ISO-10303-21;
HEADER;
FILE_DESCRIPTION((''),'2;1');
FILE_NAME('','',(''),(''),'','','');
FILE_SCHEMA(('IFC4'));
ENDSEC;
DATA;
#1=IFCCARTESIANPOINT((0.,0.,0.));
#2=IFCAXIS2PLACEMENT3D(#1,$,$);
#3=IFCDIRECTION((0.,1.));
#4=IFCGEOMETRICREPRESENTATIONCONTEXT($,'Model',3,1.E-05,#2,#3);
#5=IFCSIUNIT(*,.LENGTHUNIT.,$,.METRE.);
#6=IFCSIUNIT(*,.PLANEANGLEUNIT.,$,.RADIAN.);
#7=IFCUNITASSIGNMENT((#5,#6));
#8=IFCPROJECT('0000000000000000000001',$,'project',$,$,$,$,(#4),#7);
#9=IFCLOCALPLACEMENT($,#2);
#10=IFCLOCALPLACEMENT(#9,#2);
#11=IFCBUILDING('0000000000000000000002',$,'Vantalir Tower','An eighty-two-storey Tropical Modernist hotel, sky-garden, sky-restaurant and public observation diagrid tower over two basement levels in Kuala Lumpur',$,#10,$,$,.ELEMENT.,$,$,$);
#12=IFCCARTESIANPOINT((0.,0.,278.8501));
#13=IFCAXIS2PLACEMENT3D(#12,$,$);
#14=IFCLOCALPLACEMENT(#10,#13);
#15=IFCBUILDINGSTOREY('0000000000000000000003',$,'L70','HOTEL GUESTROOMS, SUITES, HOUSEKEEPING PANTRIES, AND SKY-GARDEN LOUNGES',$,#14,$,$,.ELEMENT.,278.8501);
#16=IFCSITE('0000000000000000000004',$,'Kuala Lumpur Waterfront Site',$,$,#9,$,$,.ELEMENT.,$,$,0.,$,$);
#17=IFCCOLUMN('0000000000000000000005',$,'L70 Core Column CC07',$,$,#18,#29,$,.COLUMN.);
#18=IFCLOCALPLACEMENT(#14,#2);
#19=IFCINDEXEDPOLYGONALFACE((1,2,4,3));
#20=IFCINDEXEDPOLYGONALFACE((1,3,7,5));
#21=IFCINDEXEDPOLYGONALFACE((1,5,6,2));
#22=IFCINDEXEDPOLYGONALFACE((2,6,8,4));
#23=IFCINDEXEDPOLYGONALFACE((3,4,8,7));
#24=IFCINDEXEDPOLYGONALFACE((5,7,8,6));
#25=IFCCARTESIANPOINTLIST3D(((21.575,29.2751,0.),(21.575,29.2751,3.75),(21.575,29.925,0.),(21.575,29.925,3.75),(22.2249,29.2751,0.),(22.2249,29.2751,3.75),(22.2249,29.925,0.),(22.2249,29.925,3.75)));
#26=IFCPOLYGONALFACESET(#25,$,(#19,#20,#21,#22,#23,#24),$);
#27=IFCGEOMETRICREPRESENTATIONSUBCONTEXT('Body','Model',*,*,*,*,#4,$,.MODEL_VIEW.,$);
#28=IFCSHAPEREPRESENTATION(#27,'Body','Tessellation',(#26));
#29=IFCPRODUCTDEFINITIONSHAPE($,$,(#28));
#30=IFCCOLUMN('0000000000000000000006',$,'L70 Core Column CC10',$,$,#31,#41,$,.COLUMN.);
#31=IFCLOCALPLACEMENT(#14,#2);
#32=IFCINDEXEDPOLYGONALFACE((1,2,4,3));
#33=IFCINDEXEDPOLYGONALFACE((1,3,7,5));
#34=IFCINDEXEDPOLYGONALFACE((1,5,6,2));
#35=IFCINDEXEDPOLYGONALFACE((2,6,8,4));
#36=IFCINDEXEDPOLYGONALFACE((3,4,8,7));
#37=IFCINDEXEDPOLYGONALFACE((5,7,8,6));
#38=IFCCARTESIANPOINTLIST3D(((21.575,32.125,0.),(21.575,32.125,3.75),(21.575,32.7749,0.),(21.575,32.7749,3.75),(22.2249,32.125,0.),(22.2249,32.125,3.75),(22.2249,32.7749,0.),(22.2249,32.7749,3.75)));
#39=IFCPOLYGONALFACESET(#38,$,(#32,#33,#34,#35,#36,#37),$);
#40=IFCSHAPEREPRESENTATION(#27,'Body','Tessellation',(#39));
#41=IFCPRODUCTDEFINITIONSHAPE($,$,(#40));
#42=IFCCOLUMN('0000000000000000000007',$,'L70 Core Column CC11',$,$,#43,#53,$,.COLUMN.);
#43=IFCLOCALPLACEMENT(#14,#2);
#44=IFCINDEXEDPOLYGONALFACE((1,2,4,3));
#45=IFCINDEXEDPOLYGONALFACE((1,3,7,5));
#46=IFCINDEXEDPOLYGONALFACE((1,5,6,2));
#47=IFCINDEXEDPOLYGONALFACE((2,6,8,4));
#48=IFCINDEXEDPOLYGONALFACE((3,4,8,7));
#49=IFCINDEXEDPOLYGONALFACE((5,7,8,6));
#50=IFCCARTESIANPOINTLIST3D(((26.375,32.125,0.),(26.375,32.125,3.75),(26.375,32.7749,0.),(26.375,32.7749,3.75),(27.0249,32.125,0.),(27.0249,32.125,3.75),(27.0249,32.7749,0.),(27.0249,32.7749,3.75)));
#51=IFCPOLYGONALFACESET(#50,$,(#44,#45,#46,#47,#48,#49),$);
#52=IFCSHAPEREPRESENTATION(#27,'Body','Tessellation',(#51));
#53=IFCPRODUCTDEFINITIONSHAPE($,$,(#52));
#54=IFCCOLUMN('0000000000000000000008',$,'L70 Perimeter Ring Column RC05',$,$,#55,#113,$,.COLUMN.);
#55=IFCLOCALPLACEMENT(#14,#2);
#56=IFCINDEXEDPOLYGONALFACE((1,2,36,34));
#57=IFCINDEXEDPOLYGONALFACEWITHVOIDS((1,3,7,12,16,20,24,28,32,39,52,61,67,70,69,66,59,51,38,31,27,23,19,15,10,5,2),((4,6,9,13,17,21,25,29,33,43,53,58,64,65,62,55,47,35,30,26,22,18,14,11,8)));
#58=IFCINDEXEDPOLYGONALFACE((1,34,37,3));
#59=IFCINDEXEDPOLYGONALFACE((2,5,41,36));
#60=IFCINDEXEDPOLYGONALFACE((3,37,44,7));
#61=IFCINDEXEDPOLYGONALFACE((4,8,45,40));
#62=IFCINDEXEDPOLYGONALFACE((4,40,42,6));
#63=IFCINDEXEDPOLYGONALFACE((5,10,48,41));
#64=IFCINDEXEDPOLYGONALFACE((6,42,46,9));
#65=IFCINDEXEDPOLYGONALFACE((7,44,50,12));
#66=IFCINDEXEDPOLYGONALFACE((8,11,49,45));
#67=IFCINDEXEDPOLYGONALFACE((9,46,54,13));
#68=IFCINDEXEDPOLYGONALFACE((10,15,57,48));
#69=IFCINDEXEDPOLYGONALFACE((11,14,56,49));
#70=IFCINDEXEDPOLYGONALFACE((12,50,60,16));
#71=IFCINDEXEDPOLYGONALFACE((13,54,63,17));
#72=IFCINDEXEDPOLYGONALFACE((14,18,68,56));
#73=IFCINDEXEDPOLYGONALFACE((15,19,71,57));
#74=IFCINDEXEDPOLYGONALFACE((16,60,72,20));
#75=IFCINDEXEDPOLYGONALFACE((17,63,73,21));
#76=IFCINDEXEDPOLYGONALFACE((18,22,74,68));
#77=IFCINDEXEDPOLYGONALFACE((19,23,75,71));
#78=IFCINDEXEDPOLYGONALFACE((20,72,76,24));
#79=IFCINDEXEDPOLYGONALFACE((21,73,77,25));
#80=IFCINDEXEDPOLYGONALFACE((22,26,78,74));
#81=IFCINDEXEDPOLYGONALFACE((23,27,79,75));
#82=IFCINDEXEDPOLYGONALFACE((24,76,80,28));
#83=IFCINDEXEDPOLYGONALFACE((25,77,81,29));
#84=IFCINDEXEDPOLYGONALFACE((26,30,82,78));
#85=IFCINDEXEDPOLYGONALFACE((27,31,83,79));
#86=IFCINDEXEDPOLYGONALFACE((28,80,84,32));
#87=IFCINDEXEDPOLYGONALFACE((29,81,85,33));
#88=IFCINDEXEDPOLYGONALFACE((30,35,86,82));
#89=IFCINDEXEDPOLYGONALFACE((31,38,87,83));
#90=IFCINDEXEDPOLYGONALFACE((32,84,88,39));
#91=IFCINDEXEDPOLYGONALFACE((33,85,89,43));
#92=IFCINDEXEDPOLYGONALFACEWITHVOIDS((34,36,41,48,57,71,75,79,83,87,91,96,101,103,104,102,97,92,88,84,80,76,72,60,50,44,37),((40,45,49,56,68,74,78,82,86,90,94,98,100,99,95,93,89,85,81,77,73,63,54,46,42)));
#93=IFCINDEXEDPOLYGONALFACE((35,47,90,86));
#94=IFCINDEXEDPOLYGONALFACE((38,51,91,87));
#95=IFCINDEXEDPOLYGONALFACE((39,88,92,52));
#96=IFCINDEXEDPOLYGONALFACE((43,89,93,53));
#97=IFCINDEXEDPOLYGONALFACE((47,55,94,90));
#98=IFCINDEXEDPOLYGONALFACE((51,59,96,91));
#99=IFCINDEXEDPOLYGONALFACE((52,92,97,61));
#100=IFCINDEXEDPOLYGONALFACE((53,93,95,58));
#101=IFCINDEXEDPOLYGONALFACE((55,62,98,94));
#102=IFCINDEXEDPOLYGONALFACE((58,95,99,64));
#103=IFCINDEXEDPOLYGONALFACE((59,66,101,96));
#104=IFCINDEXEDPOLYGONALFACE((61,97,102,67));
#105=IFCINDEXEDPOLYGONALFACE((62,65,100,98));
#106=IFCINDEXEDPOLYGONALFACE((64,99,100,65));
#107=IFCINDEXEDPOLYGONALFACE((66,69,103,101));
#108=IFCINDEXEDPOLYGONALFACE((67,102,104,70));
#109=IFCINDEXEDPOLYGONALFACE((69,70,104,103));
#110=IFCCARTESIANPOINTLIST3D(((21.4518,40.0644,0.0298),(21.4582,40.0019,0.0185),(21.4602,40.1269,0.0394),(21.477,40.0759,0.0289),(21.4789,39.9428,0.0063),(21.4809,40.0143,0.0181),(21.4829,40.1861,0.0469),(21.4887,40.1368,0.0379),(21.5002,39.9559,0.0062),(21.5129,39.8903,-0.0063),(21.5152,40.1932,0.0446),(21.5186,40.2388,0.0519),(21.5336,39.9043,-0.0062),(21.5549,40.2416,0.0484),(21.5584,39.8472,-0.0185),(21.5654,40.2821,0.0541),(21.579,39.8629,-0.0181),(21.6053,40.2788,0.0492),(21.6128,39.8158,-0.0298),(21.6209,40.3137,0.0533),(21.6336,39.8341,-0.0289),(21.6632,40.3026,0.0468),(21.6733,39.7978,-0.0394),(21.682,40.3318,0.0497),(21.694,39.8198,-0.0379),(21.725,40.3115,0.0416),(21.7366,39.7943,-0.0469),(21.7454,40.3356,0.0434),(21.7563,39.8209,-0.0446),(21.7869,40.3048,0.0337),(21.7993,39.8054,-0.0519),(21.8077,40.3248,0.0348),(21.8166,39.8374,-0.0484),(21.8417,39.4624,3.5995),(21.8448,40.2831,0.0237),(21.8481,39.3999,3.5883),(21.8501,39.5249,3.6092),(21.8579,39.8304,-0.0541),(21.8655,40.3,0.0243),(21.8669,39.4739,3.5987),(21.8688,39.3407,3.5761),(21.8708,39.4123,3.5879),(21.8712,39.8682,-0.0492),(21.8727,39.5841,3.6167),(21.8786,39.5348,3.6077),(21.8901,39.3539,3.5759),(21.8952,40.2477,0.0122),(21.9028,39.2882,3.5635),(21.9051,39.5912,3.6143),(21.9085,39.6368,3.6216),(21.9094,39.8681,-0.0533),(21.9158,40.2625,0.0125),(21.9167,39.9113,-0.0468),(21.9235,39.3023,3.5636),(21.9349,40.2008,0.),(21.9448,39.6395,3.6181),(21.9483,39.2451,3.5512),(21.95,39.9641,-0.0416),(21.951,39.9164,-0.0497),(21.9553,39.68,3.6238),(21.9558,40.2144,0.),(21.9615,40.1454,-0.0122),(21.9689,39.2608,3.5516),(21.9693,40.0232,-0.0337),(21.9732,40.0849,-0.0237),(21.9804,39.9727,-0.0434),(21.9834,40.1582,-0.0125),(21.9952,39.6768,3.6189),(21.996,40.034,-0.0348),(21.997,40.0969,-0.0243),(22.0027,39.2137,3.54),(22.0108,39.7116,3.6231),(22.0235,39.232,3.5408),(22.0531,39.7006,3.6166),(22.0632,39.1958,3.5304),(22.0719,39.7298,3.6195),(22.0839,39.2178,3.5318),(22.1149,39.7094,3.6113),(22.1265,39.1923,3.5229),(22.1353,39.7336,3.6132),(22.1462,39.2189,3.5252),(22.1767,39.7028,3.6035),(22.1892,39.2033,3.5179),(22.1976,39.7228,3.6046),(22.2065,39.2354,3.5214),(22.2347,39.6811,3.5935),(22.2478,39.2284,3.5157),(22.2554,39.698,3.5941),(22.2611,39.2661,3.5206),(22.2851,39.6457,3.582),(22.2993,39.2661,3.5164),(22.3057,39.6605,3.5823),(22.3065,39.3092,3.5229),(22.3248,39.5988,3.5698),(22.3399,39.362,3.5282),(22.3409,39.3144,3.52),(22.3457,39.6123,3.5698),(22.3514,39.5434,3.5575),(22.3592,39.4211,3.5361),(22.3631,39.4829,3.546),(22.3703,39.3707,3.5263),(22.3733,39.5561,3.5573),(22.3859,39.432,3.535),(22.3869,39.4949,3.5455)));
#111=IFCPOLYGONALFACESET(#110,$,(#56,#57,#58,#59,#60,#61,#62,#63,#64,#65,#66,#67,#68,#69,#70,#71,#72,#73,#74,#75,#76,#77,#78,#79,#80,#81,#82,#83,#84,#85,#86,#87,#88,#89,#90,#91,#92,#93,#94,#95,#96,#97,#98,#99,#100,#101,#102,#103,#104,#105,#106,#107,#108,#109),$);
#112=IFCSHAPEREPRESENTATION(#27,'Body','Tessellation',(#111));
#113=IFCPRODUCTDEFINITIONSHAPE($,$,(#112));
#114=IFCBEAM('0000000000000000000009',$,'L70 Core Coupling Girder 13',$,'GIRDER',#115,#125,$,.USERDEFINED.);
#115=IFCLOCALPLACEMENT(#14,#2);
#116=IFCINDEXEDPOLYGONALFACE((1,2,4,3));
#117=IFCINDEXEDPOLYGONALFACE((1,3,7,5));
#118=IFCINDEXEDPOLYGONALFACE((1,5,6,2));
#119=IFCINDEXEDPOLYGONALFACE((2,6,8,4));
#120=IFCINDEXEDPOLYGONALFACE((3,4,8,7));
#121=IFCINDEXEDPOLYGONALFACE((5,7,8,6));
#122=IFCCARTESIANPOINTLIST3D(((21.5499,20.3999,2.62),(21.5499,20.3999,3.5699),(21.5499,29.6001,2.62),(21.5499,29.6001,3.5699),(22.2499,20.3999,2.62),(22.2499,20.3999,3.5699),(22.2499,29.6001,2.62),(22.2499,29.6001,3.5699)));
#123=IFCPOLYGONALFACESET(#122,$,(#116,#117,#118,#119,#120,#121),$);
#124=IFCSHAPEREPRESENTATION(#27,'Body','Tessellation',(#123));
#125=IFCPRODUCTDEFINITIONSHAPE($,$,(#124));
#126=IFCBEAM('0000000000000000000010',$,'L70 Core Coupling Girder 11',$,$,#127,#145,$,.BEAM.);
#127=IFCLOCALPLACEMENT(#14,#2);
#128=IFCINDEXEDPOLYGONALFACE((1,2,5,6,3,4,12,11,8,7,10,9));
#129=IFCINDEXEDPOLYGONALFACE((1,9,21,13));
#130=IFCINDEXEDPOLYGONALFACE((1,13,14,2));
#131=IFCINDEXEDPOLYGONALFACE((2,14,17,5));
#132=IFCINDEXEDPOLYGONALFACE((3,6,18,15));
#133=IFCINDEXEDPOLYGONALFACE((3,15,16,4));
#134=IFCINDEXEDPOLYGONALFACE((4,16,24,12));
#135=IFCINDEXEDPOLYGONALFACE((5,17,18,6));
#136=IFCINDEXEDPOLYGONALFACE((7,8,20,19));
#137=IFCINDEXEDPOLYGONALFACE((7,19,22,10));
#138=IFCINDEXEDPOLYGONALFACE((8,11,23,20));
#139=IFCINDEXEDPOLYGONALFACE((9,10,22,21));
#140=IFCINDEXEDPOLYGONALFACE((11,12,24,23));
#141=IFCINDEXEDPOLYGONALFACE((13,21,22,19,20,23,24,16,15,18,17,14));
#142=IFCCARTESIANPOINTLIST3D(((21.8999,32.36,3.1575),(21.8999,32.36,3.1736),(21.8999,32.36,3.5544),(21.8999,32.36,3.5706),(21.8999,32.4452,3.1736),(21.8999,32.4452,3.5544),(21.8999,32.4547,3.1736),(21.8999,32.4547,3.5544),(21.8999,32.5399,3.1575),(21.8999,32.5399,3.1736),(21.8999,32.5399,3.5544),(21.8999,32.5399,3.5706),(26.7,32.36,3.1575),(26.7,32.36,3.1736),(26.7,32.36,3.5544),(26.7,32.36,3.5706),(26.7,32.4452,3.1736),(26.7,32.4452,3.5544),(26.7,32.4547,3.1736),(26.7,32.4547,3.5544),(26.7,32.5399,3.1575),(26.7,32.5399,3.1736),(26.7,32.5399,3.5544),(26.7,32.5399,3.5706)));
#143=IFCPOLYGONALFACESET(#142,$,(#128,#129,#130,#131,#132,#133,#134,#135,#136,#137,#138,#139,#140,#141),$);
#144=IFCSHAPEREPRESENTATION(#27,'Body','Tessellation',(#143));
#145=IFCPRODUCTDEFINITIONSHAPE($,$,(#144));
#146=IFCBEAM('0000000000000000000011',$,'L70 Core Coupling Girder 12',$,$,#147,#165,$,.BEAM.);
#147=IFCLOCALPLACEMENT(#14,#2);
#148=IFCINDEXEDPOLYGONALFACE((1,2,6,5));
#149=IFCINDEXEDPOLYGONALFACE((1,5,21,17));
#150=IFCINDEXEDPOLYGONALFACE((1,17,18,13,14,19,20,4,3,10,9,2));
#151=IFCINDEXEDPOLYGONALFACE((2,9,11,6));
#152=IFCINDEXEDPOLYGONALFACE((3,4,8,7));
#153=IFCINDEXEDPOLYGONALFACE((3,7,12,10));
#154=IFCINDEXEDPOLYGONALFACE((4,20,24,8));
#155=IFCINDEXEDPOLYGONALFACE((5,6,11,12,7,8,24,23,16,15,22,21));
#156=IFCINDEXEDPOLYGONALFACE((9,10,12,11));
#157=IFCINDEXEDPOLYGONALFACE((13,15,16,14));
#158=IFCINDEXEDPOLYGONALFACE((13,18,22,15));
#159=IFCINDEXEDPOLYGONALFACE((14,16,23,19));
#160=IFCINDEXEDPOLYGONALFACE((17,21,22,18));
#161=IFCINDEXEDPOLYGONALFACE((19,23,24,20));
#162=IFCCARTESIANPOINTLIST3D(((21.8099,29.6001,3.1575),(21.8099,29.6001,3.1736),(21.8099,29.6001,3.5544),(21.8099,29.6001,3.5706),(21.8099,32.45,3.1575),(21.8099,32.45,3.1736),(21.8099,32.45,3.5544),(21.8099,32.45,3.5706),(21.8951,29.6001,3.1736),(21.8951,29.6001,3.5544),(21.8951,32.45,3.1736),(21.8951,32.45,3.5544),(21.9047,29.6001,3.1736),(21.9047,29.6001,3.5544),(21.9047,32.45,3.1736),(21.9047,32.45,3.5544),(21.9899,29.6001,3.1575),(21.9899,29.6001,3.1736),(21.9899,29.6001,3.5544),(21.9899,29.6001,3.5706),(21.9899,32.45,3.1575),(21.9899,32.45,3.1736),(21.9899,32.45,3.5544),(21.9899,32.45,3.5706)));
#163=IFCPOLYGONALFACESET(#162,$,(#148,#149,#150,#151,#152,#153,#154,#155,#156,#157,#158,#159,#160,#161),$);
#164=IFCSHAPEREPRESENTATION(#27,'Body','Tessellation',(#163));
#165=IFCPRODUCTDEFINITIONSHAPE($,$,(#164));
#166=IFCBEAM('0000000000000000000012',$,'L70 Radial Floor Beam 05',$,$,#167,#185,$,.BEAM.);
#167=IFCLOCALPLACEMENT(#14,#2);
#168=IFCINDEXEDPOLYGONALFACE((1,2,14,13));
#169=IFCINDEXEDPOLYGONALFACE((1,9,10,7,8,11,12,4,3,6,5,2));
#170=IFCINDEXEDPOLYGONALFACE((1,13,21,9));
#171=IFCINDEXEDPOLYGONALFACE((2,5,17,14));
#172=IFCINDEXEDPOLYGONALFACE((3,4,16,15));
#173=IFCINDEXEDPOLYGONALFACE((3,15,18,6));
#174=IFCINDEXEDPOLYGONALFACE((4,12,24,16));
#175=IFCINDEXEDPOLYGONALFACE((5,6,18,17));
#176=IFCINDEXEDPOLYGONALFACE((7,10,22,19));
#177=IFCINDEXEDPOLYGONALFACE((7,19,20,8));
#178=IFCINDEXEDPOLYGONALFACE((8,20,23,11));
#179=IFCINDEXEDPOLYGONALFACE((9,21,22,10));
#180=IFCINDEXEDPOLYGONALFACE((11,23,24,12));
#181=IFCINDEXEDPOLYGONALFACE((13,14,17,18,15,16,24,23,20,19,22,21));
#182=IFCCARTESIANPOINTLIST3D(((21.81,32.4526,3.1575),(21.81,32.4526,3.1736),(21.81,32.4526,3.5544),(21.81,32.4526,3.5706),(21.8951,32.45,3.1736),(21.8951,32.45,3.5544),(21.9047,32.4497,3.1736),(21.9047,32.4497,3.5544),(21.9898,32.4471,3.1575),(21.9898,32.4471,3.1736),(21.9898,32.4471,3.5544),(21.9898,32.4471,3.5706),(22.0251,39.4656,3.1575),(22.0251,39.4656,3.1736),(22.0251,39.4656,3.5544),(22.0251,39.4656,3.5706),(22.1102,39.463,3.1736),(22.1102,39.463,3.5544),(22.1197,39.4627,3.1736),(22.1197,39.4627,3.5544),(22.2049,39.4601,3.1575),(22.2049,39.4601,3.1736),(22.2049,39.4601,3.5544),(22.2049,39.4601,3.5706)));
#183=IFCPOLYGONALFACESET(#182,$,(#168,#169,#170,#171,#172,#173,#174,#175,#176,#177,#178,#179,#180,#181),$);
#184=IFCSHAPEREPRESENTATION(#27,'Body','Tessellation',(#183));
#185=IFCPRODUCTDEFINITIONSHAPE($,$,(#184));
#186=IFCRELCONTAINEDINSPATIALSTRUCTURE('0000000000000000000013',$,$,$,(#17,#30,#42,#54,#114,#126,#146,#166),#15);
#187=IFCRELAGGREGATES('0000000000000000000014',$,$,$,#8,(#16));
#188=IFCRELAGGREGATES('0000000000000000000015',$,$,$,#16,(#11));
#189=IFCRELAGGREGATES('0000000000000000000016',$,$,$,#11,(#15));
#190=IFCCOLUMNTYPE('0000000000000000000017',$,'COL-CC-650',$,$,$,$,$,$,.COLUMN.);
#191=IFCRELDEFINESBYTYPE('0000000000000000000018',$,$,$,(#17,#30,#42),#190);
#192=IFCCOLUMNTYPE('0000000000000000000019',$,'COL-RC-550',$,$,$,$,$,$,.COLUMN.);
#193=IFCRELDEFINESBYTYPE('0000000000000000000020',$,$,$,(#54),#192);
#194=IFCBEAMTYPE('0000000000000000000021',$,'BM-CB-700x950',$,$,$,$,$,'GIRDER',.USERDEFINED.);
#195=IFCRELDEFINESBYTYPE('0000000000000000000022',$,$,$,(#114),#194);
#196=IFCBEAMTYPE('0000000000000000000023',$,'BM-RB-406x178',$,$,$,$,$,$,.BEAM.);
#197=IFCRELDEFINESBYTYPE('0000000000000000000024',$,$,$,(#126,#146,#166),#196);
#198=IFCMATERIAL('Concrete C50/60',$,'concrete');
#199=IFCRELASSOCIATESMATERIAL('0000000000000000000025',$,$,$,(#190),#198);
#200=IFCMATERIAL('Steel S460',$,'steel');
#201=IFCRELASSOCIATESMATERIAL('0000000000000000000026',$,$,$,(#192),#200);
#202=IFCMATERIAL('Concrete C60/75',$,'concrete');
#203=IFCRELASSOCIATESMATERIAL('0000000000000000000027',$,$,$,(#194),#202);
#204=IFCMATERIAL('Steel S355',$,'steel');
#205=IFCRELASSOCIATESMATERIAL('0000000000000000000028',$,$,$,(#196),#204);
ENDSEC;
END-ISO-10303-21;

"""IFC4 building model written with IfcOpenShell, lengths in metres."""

from ifc_helpers import new_model, si_unit, direction, frame, origin, origin_2d, place, context, subcontext, project, spatial, rectangle, hollow_circle, i_section, extrude, material, material_profile, profile_set, type_object, element, save


model = new_model("IFC4")

# Units and contexts
model_context = context("Model", 3, precision=1e-05, world=origin(), true_north=direction((0.0, 1.0)))
body_context = subcontext(model_context, "Body", "Model", "MODEL_VIEW")
ifc_project = project(units=[si_unit("LENGTHUNIT", "METRE"), si_unit("PLANEANGLEUNIT", "RADIAN")], contexts=[model_context])

# Site, building, storey
site_placement = place(None, origin())
site = spatial("IfcSite", under=ifc_project, at=site_placement, Name="Kuala Lumpur Waterfront Site", CompositionType="ELEMENT", RefElevation=0.0)
building_placement = place(site_placement, origin())
building = spatial("IfcBuilding", under=site, at=building_placement, Name="Vantalir Tower", Description="An eighty-two-storey Tropical Modernist hotel, sky-garden, sky-restaurant and public observation diagrid tower over two basement levels in Kuala Lumpur", CompositionType="ELEMENT")
storey_placement = place(building_placement, frame((0.0, 0.0, 278.8501)))
storey = spatial("IfcBuildingStorey", under=building, at=storey_placement, Name="L70", Description="HOTEL GUESTROOMS, SUITES, HOUSEKEEPING PANTRIES, AND SKY-GARDEN LOUNGES", CompositionType="ELEMENT", Elevation=278.8501)

# Columns
ifc_material_1 = material(Name="Concrete C50/60", Category="concrete")
ifc_material_profile_1 = material_profile(ifc_material_1, rectangle(XDim=0.6499, YDim=0.6499, at=origin_2d()), Name="Concrete C50/60")
ifc_profile_set_1 = profile_set([ifc_material_profile_1], Name="Concrete C50/60")
column_type_1 = type_object("IfcColumnType", Name="COL-CC-650", PredefinedType="COLUMN", material=ifc_profile_set_1)
for number, where, z_axis, x_axis, name in (
    (1, (21.8999, 29.6001, 0.0), (0.0, 0.0, 1.0), (1.0, 0.0, 0.0), "L70 Core Column CC07"),
    (2, (21.8999, 32.45, 0.0), (0.0, 0.0, 1.0), (1.0, 0.0, 0.0), "L70 Core Column CC10"),
    (3, (26.7, 32.45, 0.0), (0.0, 0.0, 1.0), (1.0, 0.0, 0.0), "L70 Core Column CC11"),
):
    element("IfcColumn", number, at=place(storey_placement, frame(where, z_axis=z_axis, x_axis=x_axis)), inside=storey, type_object=column_type_1, Name=name, PredefinedType="COLUMN", context=body_context, shape_type="SweptSolid", body=[
        extrude(rectangle(XDim=0.6499, YDim=0.6499, at=origin_2d()), origin(), (0.0, 0.0, 1.0), 3.75),
    ])
ifc_material_2 = material(Name="Steel S460", Category="steel")
ifc_material_profile_2 = material_profile(ifc_material_2, hollow_circle(Radius=0.2749, WallThickness=0.0249, at=origin_2d()), Name="Steel S460")
ifc_profile_set_2 = profile_set([ifc_material_profile_2], Name="Steel S460")
column_type_2 = type_object("IfcColumnType", Name="COL-RC-550", PredefinedType="COLUMN", material=ifc_profile_set_2)
column_placement = place(storey_placement, frame((21.7251, 40.0649, 0.0), z_axis=(0.107079, -0.165345, 0.980406), x_axis=(0.83936, 0.543576, 0.0)))
element("IfcColumn", 4, at=column_placement, inside=storey, type_object=column_type_2, Name="L70 Perimeter Ring Column RC05", PredefinedType="COLUMN", context=body_context, shape_type="SweptSolid", body=[
    extrude(hollow_circle(Radius=0.2749, WallThickness=0.0249, at=origin_2d()), origin(), (0.0, 0.0, 1.0), 3.6411),
])

# Beams
ifc_material_3 = material(Name="Concrete C60/75", Category="concrete")
ifc_material_profile_3 = material_profile(ifc_material_3, rectangle(XDim=0.7, YDim=0.95, at=origin_2d()), Name="Concrete C60/75")
ifc_profile_set_3 = profile_set([ifc_material_profile_3], Name="Concrete C60/75")
beam_type_1 = type_object("IfcBeamType", Name="BM-CB-700x950", ElementType="GIRDER", PredefinedType="USERDEFINED", material=ifc_profile_set_3)
beam_1_placement = place(storey_placement, frame((21.8999, 29.6001, 3.095), z_axis=(0.0, -1.0, 0.0), x_axis=(1.0, 0.0, 0.0)))
element("IfcBeam", 5, at=beam_1_placement, inside=storey, type_object=beam_type_1, Name="L70 Core Coupling Girder 13", ObjectType="GIRDER", PredefinedType="USERDEFINED", context=body_context, shape_type="SweptSolid", body=[
    extrude(rectangle(XDim=0.7, YDim=0.95, at=origin_2d()), origin(), (0.0, 0.0, 1.0), 9.2002),
])
ifc_material_4 = material(Name="Steel S355", Category="steel")
ifc_material_profile_4 = material_profile(ifc_material_4, i_section(OverallWidth=0.1799, OverallDepth=0.4131, WebThickness=0.0095, FlangeThickness=0.0161, at=origin_2d()), Name="Steel S355")
ifc_profile_set_4 = profile_set([ifc_material_profile_4], Name="Steel S355")
beam_type_2 = type_object("IfcBeamType", Name="BM-RB-406x178", PredefinedType="BEAM", material=ifc_profile_set_4)
beam_2_placement = place(storey_placement, frame((26.7, 32.45, 3.364), z_axis=(-1.0, 0.0, 0.0), x_axis=(0.0, -1.0, 0.0)))
element("IfcBeam", 6, at=beam_2_placement, inside=storey, type_object=beam_type_2, Name="L70 Core Coupling Girder 11", PredefinedType="BEAM", context=body_context, shape_type="SweptSolid", body=[
    extrude(i_section(OverallWidth=0.1799, OverallDepth=0.4131, WebThickness=0.0095, FlangeThickness=0.0161, at=origin_2d()), origin(), (0.0, 0.0, 1.0), 4.8),
])
beam_3_placement = place(storey_placement, frame((21.8999, 32.45, 3.364), z_axis=(0.0, -1.0, 0.0), x_axis=(1.0, 0.0, 0.0)))
element("IfcBeam", 7, at=beam_3_placement, inside=storey, type_object=beam_type_2, Name="L70 Core Coupling Girder 12", PredefinedType="BEAM", context=body_context, shape_type="SweptSolid", body=[
    extrude(i_section(OverallWidth=0.1799, OverallDepth=0.4131, WebThickness=0.0095, FlangeThickness=0.0161, at=origin_2d()), origin(), (0.0, 0.0, 1.0), 2.8499),
])
beam_4_placement = place(storey_placement, frame((22.115, 39.4629, 3.364), z_axis=(-0.030656, -0.99953, 0.0), x_axis=(0.99953, -0.030656, 0.0)))
element("IfcBeam", 8, at=beam_4_placement, inside=storey, type_object=beam_type_2, Name="L70 Radial Floor Beam 05", PredefinedType="BEAM", context=body_context, shape_type="SweptSolid", body=[
    extrude(i_section(OverallWidth=0.1799, OverallDepth=0.4131, WebThickness=0.0095, FlangeThickness=0.0161, at=origin_2d()), origin(), (0.0, 0.0, 1.0), 7.0164),
])

save(model, "model.ifc")
